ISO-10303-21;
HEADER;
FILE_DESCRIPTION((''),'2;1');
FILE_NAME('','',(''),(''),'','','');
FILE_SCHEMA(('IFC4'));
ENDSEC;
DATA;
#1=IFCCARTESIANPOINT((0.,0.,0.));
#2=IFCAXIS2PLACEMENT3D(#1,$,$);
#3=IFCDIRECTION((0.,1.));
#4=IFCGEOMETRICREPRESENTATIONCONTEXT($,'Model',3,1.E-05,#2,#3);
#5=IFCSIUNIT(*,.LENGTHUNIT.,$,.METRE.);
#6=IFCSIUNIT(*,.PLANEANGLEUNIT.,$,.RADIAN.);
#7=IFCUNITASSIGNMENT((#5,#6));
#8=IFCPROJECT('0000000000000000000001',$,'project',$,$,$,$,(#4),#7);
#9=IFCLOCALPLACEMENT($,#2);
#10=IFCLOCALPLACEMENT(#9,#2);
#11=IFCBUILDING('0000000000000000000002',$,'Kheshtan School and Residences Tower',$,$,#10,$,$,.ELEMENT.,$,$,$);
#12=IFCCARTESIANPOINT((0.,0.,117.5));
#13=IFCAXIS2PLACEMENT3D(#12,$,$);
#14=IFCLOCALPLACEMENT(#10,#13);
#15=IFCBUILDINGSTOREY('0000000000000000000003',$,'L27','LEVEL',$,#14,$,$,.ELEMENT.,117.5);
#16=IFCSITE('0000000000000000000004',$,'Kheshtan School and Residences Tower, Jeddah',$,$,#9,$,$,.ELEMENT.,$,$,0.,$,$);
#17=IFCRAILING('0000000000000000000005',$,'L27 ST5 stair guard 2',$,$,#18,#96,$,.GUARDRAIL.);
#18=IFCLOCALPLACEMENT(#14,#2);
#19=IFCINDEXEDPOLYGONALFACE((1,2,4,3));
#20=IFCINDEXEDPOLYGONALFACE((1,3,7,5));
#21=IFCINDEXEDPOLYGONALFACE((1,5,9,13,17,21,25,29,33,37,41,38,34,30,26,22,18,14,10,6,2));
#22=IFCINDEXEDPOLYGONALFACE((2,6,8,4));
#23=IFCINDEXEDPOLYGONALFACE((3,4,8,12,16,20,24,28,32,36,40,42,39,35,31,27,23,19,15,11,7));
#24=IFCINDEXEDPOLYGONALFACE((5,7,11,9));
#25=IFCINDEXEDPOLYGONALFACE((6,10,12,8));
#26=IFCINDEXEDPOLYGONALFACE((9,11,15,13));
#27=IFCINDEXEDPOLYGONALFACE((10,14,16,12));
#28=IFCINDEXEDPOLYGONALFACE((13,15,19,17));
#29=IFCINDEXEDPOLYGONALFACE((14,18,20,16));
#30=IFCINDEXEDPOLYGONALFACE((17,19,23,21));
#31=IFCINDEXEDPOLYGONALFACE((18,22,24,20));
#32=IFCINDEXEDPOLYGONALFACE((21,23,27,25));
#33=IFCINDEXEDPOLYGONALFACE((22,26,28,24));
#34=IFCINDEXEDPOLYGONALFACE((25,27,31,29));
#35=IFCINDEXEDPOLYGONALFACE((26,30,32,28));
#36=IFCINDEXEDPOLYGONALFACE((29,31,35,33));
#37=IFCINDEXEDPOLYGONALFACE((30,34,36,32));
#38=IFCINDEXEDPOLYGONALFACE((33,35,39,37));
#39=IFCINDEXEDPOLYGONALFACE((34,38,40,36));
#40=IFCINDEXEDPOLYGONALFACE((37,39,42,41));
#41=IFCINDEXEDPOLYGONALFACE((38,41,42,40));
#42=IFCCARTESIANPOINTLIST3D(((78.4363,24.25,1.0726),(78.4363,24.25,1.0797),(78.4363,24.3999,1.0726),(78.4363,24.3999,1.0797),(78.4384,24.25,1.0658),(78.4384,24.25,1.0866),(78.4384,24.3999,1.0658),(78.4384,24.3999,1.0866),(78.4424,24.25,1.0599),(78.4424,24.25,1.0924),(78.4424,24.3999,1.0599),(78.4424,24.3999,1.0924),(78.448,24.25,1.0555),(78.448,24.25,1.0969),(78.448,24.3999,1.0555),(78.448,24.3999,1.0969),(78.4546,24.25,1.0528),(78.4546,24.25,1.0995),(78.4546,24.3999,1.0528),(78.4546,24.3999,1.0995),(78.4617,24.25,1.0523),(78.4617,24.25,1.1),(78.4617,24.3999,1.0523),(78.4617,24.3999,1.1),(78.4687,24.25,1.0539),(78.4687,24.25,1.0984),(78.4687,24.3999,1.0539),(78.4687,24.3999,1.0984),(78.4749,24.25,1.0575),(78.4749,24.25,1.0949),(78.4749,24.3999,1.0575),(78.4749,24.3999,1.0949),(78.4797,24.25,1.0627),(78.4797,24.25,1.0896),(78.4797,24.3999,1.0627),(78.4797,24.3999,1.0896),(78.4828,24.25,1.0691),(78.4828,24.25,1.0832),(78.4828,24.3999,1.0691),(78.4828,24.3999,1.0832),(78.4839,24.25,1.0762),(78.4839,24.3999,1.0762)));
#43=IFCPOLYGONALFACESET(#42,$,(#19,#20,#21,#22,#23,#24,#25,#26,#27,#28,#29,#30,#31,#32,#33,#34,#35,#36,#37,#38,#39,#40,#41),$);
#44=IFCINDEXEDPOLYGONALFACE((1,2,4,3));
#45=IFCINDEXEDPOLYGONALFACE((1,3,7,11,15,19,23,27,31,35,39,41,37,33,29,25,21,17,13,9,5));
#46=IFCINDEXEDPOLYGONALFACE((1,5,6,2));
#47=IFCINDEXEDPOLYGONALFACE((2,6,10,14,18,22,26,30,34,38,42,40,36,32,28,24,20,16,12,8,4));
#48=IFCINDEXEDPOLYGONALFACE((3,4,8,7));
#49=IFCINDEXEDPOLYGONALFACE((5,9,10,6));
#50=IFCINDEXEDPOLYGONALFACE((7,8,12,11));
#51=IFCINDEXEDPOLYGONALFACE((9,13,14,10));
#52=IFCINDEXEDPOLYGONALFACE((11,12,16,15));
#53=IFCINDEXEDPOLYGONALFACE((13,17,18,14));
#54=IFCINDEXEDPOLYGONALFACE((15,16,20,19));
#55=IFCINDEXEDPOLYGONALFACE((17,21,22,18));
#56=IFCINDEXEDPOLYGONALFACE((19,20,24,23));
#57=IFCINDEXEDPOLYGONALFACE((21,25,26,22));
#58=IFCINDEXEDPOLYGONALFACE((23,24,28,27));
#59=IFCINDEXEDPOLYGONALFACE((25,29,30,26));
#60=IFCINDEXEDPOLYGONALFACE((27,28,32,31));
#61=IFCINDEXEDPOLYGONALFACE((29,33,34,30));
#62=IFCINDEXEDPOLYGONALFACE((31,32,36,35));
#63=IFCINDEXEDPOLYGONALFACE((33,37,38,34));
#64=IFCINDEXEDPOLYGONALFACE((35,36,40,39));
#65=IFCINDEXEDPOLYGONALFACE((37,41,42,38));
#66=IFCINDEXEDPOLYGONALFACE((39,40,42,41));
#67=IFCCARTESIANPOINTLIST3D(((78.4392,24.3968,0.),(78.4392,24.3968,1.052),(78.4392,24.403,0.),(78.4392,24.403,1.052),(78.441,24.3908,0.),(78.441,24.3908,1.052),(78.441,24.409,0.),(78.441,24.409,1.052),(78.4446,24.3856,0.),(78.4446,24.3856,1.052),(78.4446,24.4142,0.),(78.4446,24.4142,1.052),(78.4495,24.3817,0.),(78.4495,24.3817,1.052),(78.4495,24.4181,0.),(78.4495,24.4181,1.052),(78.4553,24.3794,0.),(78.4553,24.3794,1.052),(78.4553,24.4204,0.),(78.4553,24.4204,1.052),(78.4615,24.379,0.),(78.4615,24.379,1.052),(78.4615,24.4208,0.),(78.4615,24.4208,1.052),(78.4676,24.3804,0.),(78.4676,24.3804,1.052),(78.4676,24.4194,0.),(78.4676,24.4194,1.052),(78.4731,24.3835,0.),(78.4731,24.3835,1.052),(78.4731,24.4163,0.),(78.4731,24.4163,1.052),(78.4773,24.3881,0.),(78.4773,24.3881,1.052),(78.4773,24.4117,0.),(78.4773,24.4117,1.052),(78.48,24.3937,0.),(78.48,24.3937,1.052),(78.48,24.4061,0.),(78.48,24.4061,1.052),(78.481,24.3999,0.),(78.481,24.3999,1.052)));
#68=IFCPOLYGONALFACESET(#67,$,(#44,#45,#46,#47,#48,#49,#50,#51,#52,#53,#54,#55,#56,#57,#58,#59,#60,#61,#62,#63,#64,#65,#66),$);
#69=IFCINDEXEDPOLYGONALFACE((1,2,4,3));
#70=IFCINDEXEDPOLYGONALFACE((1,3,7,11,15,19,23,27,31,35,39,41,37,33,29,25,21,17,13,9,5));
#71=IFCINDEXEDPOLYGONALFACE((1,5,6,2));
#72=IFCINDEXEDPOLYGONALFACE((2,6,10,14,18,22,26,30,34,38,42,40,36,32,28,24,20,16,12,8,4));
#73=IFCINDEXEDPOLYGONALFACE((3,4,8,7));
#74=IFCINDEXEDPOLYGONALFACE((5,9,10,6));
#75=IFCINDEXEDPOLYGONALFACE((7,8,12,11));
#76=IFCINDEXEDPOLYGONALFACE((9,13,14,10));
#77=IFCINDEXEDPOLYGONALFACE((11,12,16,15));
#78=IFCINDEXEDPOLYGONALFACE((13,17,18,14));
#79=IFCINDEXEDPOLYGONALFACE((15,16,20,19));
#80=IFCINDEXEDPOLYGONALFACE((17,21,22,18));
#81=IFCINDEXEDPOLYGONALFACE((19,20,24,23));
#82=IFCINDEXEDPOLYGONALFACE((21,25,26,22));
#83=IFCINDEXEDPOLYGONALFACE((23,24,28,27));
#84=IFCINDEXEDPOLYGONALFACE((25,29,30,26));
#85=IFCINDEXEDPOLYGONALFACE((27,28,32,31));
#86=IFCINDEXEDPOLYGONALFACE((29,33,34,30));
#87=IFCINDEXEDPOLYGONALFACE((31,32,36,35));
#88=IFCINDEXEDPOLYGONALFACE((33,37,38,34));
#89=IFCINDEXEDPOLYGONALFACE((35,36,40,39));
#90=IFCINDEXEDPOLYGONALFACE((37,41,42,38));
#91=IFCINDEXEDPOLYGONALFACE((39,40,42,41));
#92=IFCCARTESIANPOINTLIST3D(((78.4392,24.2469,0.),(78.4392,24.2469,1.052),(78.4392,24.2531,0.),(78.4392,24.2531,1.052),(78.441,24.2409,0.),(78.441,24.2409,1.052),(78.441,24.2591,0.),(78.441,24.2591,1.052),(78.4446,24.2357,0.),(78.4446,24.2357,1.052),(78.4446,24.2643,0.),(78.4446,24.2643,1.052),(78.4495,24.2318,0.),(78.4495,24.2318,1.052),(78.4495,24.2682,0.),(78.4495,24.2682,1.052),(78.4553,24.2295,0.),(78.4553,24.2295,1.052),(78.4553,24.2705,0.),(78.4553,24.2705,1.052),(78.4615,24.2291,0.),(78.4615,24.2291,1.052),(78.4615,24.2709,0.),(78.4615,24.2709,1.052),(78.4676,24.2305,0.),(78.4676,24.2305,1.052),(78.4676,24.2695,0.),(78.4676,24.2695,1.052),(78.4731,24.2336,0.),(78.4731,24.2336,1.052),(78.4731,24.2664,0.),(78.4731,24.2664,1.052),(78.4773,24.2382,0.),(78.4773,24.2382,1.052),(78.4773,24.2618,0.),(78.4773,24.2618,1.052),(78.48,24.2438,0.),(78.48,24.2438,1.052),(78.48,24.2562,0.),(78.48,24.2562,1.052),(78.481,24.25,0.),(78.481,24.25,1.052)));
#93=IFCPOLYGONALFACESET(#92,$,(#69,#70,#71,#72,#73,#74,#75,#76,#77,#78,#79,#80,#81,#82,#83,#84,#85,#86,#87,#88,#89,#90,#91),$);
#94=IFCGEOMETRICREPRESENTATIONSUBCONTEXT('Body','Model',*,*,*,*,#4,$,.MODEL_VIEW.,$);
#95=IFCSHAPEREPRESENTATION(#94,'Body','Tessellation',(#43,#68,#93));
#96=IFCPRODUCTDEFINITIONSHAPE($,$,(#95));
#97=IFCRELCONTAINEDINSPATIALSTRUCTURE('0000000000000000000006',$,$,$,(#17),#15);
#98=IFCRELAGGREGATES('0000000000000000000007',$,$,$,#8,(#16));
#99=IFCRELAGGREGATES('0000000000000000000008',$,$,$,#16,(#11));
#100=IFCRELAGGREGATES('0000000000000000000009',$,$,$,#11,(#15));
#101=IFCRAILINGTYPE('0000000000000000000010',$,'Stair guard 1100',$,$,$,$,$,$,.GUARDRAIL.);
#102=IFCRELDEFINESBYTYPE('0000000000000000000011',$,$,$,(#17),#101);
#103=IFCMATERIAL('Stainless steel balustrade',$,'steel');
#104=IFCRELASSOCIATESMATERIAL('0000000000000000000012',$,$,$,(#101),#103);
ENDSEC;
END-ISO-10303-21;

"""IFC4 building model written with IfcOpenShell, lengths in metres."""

from ifc_helpers import new_model, si_unit, direction, frame, origin, origin_2d, place, context, subcontext, project, spatial, circle, extrude, material, type_object, element, save


model = new_model("IFC4")

# Units and contexts
model_context = context("Model", 3, precision=1e-05, world=origin(), true_north=direction((0.0, 1.0)))
body_context = subcontext(model_context, "Body", "Model", "MODEL_VIEW")
ifc_project = project(units=[si_unit("LENGTHUNIT", "METRE"), si_unit("PLANEANGLEUNIT", "RADIAN")], contexts=[model_context])

# Site, building, storey
site_placement = place(None, origin())
site = spatial("IfcSite", under=ifc_project, at=site_placement, Name="Kheshtan School and Residences Tower, Jeddah", CompositionType="ELEMENT", RefElevation=0.0)
building_placement = place(site_placement, origin())
building = spatial("IfcBuilding", under=site, at=building_placement, Name="Kheshtan School and Residences Tower", CompositionType="ELEMENT")
storey_placement = place(building_placement, frame((0.0, 0.0, 117.5)))
storey = spatial("IfcBuildingStorey", under=building, at=storey_placement, Name="L27", Description="LEVEL", CompositionType="ELEMENT", Elevation=117.5)

# Railing
ifc_material_1 = material(Name="Stainless steel balustrade", Category="steel")
railing_type_1 = type_object("IfcRailingType", Name="Stair guard 1100", PredefinedType="GUARDRAIL", material=ifc_material_1)
railing_1_placement = place(storey_placement, frame((78.46, 24.3999, 0.0)))
element("IfcRailing", 1, at=railing_1_placement, inside=storey, type_object=railing_type_1, Name="L27 ST5 stair guard 2", PredefinedType="GUARDRAIL", context=body_context, shape_type="SweptSolid", body=[
    extrude(circle(Radius=0.0239, at=origin_2d()), frame((0.0, 0.0, 1.0762), z_axis=(0.0, -1.0, 0.0), x_axis=(1.0, 0.0, 0.0)), (0.0, 0.0, 1.0), 0.1499),
    extrude(circle(Radius=0.021, at=origin_2d()), origin(), (0.0, 0.0, 1.0), 1.052),
    extrude(circle(Radius=0.021, at=origin_2d()), frame((0.0, -0.1499, 0.0)), (0.0, 0.0, 1.0), 1.052),
])

save(model, "model.ifc")
